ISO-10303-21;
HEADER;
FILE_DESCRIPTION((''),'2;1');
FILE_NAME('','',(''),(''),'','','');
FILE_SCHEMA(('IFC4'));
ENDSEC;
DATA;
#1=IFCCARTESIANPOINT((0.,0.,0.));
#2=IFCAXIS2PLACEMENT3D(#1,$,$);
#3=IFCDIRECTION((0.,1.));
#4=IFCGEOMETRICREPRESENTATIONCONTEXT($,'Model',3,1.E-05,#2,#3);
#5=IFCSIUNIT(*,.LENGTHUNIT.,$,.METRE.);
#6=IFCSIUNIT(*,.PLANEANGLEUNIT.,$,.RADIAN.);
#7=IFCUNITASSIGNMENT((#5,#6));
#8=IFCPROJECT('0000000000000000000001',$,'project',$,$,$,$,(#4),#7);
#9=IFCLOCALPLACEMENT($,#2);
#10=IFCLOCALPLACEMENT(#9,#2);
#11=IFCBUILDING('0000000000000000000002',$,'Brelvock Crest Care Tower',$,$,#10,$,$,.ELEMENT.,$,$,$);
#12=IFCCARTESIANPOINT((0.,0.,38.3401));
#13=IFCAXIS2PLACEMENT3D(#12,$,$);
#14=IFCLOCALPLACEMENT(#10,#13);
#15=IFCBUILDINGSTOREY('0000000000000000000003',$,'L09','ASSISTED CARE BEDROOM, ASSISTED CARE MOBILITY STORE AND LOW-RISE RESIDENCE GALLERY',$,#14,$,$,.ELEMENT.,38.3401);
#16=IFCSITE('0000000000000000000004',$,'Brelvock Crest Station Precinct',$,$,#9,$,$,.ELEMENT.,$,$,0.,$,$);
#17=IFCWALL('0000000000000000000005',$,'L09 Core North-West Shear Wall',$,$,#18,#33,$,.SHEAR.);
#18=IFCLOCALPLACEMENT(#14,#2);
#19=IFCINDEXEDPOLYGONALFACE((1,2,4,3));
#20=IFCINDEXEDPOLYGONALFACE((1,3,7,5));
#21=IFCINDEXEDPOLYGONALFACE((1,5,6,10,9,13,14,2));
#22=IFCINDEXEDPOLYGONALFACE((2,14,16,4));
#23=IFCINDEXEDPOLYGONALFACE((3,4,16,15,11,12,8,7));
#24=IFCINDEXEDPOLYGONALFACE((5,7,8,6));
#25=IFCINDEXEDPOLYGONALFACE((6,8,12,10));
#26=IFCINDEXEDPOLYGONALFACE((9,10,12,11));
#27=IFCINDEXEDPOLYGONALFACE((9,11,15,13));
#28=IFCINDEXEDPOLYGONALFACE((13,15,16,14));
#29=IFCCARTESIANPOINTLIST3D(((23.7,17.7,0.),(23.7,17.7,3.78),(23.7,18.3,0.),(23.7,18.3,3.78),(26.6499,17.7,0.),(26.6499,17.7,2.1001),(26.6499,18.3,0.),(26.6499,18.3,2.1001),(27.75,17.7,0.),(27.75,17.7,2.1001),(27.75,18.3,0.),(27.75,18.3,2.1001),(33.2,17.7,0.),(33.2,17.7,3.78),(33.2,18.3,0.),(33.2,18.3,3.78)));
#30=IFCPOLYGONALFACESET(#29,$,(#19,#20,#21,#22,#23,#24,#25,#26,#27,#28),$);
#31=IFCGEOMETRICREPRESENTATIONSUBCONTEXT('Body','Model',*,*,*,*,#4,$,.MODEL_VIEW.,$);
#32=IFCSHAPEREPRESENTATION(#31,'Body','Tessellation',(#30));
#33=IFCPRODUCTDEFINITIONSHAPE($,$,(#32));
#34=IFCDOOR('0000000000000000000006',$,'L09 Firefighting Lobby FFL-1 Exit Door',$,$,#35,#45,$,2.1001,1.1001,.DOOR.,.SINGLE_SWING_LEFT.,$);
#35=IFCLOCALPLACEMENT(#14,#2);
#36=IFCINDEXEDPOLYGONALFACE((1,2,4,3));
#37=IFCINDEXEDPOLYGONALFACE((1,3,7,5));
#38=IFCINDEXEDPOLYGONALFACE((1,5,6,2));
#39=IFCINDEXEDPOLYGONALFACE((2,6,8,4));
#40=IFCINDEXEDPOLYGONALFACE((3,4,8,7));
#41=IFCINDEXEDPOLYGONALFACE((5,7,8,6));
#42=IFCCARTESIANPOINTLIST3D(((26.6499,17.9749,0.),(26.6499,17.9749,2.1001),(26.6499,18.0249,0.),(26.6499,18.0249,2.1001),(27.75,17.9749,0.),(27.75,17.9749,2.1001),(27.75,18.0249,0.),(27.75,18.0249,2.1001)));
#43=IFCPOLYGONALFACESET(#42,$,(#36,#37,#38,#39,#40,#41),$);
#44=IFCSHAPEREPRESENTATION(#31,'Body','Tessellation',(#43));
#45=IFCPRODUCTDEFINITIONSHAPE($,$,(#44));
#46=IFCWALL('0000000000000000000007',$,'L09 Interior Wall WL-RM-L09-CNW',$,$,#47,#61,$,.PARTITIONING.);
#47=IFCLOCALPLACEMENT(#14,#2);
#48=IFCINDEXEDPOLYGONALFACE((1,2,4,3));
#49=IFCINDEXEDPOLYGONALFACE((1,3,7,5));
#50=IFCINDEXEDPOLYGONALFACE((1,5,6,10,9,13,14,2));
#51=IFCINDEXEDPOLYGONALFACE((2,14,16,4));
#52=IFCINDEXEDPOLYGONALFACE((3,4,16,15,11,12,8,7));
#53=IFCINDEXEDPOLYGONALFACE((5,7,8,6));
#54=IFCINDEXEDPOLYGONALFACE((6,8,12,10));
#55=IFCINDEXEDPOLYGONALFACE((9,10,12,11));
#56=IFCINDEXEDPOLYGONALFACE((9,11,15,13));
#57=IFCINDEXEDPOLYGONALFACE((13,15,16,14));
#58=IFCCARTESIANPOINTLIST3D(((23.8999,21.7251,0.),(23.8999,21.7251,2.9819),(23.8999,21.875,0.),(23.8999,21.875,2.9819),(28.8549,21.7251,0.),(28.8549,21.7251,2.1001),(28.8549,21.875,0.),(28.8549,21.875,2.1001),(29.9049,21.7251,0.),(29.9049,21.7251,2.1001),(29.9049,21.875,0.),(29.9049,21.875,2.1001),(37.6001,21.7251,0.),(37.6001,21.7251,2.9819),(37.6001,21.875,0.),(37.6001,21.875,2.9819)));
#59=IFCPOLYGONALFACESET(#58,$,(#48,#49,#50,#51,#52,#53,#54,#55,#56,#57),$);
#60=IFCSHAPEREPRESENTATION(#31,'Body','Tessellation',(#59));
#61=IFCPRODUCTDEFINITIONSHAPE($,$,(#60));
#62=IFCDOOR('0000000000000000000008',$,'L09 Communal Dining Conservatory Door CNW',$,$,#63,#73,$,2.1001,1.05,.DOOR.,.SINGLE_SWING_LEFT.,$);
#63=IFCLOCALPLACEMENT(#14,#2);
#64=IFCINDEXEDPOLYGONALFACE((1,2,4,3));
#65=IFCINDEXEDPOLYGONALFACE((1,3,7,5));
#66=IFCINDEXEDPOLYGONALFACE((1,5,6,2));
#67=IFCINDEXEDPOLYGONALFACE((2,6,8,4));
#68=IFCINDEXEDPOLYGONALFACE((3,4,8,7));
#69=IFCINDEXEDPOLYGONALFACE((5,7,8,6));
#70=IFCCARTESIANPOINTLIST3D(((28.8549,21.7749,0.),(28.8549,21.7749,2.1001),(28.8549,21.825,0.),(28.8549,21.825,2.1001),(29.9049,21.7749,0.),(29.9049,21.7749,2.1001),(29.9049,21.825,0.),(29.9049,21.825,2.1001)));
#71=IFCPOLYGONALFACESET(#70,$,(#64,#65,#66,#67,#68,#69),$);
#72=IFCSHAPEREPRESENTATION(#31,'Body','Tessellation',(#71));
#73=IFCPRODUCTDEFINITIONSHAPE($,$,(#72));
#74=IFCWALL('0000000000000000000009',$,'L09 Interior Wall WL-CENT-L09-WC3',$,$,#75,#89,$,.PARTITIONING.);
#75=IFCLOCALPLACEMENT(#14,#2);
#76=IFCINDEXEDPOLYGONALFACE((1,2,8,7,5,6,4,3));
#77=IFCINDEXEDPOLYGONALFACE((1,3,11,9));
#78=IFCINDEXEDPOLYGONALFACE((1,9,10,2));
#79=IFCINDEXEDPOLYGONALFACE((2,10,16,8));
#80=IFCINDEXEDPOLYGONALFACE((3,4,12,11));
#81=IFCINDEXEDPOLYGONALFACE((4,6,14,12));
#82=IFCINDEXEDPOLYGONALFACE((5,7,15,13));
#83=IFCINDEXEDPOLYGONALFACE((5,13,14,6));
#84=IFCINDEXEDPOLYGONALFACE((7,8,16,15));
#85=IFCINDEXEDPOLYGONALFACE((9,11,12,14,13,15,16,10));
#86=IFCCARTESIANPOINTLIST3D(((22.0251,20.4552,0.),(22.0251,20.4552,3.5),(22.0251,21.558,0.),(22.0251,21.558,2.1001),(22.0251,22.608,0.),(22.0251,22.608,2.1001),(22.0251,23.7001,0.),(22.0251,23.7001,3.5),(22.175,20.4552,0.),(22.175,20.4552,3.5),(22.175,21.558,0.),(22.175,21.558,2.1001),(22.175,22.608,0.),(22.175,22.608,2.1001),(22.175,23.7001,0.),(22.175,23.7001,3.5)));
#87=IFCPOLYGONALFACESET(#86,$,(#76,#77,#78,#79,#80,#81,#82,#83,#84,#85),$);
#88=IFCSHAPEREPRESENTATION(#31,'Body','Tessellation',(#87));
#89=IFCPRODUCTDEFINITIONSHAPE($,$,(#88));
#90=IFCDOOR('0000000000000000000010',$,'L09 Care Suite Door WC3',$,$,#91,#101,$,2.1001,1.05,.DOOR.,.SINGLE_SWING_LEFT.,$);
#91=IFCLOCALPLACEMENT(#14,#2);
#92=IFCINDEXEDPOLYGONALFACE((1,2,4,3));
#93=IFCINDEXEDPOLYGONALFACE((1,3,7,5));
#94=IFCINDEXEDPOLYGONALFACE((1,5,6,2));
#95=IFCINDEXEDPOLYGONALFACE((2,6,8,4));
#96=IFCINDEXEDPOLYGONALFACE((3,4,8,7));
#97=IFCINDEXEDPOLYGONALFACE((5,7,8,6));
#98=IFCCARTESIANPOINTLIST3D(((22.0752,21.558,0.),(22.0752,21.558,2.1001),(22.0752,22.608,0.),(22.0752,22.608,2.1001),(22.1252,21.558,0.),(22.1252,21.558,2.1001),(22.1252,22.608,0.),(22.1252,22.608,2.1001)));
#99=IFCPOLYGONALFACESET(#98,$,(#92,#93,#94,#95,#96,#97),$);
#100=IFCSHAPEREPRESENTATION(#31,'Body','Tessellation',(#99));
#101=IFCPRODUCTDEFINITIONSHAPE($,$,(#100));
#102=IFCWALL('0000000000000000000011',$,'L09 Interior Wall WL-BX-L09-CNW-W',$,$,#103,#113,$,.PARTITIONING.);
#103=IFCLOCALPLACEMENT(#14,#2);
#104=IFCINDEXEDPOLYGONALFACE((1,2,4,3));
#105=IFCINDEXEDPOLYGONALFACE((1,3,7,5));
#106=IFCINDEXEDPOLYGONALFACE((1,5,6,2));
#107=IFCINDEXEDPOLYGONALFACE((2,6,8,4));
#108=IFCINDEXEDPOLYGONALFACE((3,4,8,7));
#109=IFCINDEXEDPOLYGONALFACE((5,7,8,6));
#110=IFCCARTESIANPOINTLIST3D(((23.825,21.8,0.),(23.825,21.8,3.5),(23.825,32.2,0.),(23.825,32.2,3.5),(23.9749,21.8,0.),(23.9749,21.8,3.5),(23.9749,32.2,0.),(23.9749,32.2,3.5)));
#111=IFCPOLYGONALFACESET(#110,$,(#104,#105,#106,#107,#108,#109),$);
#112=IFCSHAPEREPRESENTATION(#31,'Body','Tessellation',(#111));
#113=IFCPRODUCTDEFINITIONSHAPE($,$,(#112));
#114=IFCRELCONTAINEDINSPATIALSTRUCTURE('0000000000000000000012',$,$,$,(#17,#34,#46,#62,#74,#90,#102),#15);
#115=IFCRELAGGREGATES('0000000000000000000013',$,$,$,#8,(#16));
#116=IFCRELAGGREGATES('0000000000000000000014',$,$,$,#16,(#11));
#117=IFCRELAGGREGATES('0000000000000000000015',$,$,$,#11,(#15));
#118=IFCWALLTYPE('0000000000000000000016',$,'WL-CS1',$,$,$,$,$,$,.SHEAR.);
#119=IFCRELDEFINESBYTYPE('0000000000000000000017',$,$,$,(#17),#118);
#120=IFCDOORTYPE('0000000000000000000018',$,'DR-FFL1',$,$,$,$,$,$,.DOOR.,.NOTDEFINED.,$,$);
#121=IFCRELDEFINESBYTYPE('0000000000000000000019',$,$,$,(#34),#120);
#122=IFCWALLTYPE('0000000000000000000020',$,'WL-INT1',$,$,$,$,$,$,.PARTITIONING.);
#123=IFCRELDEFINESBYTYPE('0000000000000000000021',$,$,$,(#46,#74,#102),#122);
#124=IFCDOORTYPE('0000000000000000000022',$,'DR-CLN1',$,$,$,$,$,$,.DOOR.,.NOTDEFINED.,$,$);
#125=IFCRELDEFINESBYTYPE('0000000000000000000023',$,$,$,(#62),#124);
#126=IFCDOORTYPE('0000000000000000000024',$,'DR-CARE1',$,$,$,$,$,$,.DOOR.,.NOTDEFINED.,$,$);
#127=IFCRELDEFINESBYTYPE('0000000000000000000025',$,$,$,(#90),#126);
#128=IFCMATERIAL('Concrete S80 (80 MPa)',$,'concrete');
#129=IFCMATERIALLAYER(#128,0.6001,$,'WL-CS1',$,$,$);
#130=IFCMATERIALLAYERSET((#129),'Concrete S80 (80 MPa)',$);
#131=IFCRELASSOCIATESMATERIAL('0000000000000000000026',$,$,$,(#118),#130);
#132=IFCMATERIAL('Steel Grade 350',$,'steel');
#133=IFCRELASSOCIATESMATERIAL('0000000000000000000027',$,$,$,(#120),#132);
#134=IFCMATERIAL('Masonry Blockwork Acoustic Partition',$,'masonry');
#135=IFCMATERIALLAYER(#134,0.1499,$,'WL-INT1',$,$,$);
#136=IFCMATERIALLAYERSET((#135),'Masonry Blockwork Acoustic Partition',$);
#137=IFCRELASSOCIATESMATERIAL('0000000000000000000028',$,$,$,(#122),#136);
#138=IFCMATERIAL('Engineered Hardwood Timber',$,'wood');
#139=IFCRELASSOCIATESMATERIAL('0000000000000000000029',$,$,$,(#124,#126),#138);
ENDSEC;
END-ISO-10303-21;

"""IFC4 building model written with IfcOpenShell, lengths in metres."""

from ifc_helpers import new_model, si_unit, direction, frame, frame_2d, origin, origin_2d, place, context, subcontext, project, spatial, rectangle, extrude, source, transform, mapped, material, layer, layer_set, type_object, element, fill, save


model = new_model("IFC4")

# Units and contexts
model_context = context("Model", 3, precision=1e-05, world=origin(), true_north=direction((0.0, 1.0)))
body_context = subcontext(model_context, "Body", "Model", "MODEL_VIEW")
ifc_project = project(units=[si_unit("LENGTHUNIT", "METRE"), si_unit("PLANEANGLEUNIT", "RADIAN")], contexts=[model_context])

# Site, building, storey
site_placement = place(None, origin())
site = spatial("IfcSite", under=ifc_project, at=site_placement, Name="Brelvock Crest Station Precinct", CompositionType="ELEMENT", RefElevation=0.0)
building_placement = place(site_placement, origin())
building = spatial("IfcBuilding", under=site, at=building_placement, Name="Brelvock Crest Care Tower", CompositionType="ELEMENT")
storey_placement = place(building_placement, frame((0.0, 0.0, 38.3401)))
storey = spatial("IfcBuildingStorey", under=building, at=storey_placement, Name="L09", Description="ASSISTED CARE BEDROOM, ASSISTED CARE MOBILITY STORE AND LOW-RISE RESIDENCE GALLERY", CompositionType="ELEMENT", Elevation=38.3401)

# Shared definitions
ifc_material_1 = material(Name="Concrete S80 (80 MPa)", Category="concrete")
ifc_material_2 = material(Name="Steel Grade 350", Category="steel")

# Walls, openings, doors
ifc_layer_1 = layer(ifc_material_1, 0.6001, Name="WL-CS1")
ifc_layer_set_1 = layer_set([ifc_layer_1], Name="Concrete S80 (80 MPa)")
wall_type_1 = type_object("IfcWallType", Name="WL-CS1", PredefinedType="SHEAR", material=ifc_layer_set_1)
wall_1_placement = place(storey_placement, frame((23.7, 18.0, 0.0), z_axis=(0.0, 0.0, 1.0), x_axis=(1.0, 0.0, 0.0)))
wall_1 = element("IfcWall", 1, at=wall_1_placement, inside=storey, type_object=wall_type_1, Name="L09 Core North-West Shear Wall", PredefinedType="SHEAR", context=body_context, shape_type="SweptSolid", body=[
    extrude(rectangle(XDim=9.5, YDim=0.6001, at=frame_2d((4.75, 0.0))), origin(), (0.0, 0.0, 1.0), 3.78),
])
opening_1_placement = place(wall_1_placement, frame((2.95, 0.0, 0.0)))
opening_1 = element("IfcOpeningElement", 2, at=opening_1_placement, cuts=wall_1, PredefinedType="OPENING", context=body_context, shape_type="SweptSolid", body=[
    extrude(rectangle(XDim=1.1001, YDim=2.1001, at=origin_2d()), frame((0.55, 0.3101, 1.05), z_axis=(0.0, -1.0, 0.0), x_axis=(1.0, 0.0, 0.0)), (0.0, 0.0, 1.0), 0.6201),
])
door_type_1 = type_object("IfcDoorType", Name="DR-FFL1", OperationType="NOTDEFINED", PredefinedType="DOOR", material=ifc_material_2)
shared_shape_1 = source(origin(), body_context, "Body", "SweptSolid", [
    extrude(rectangle(XDim=1.1001, YDim=2.1001, at=origin_2d()), frame((0.55, 0.0249, 1.05), z_axis=(0.0, -1.0, 0.0), x_axis=(1.0, 0.0, 0.0)), (0.0, 0.0, 1.0), 0.05),
])
door_1_placement = place(opening_1_placement, origin())
door_1 = element("IfcDoor", 3, at=door_1_placement, inside=storey, type_object=door_type_1, Name="L09 Firefighting Lobby FFL-1 Exit Door", OperationType="SINGLE_SWING_LEFT", OverallHeight=2.1001, OverallWidth=1.1001, PredefinedType="DOOR", context=body_context, shape_type="MappedRepresentation", body=[
    mapped(shared_shape_1, transform((0.0, 0.0, 0.0), x_axis=(1.0, 0.0, 0.0), y_axis=(0.0, 1.0, 0.0), z_axis=(0.0, 0.0, 1.0), scale=1.0)),
])
fill(opening_1, door_1)
ifc_material_3 = material(Name="Masonry Blockwork Acoustic Partition", Category="masonry")
ifc_layer_2 = layer(ifc_material_3, 0.1499, Name="WL-INT1")
ifc_layer_set_2 = layer_set([ifc_layer_2], Name="Masonry Blockwork Acoustic Partition")
wall_type_2 = type_object("IfcWallType", Name="WL-INT1", PredefinedType="PARTITIONING", material=ifc_layer_set_2)
wall_2_placement = place(storey_placement, frame((23.8999, 21.8, 0.0), z_axis=(0.0, 0.0, 1.0), x_axis=(1.0, 0.0, 0.0)))
wall_2 = element("IfcWall", 4, at=wall_2_placement, inside=storey, type_object=wall_type_2, Name="L09 Interior Wall WL-RM-L09-CNW", PredefinedType="PARTITIONING", context=body_context, shape_type="SweptSolid", body=[
    extrude(rectangle(XDim=13.7002, YDim=0.1499, at=frame_2d((6.8501, 0.0))), origin(), (0.0, 0.0, 1.0), 2.9819),
])
opening_2_placement = place(wall_2_placement, frame((4.9551, 0.0, 0.0)))
opening_2 = element("IfcOpeningElement", 5, at=opening_2_placement, cuts=wall_2, PredefinedType="OPENING", context=body_context, shape_type="SweptSolid", body=[
    extrude(rectangle(XDim=1.05, YDim=2.1001, at=origin_2d()), frame((0.5249, 0.085, 1.05), z_axis=(0.0, -1.0, 0.0), x_axis=(1.0, 0.0, 0.0)), (0.0, 0.0, 1.0), 0.1699),
])
ifc_material_4 = material(Name="Engineered Hardwood Timber", Category="wood")
door_type_2 = type_object("IfcDoorType", Name="DR-CLN1", OperationType="NOTDEFINED", PredefinedType="DOOR", material=ifc_material_4)
shared_shape_2 = source(origin(), body_context, "Body", "SweptSolid", [
    extrude(rectangle(XDim=1.05, YDim=2.1001, at=origin_2d()), frame((0.5249, 0.0249, 1.05), z_axis=(0.0, -1.0, 0.0), x_axis=(1.0, 0.0, 0.0)), (0.0, 0.0, 1.0), 0.05),
])
door_2_placement = place(opening_2_placement, origin())
door_2 = element("IfcDoor", 6, at=door_2_placement, inside=storey, type_object=door_type_2, Name="L09 Communal Dining Conservatory Door CNW", OperationType="SINGLE_SWING_LEFT", OverallHeight=2.1001, OverallWidth=1.05, PredefinedType="DOOR", context=body_context, shape_type="MappedRepresentation", body=[
    mapped(shared_shape_2, transform((0.0, 0.0, 0.0), x_axis=(1.0, 0.0, 0.0), y_axis=(0.0, 1.0, 0.0), z_axis=(0.0, 0.0, 1.0), scale=1.0)),
])
fill(opening_2, door_2)
wall_3_placement = place(storey_placement, frame((22.1001, 20.4551, 0.0), z_axis=(0.0, 0.0, 1.0), x_axis=(0.0, 1.0, 0.0)))
wall_3 = element("IfcWall", 7, at=wall_3_placement, inside=storey, type_object=wall_type_2, Name="L09 Interior Wall WL-CENT-L09-WC3", PredefinedType="PARTITIONING", context=body_context, shape_type="SweptSolid", body=[
    extrude(rectangle(XDim=3.2449, YDim=0.1499, at=frame_2d((1.6226, 0.0))), origin(), (0.0, 0.0, 1.0), 3.5),
])
opening_3_placement = place(wall_3_placement, frame((1.103, 0.0, 0.0)))
opening_3 = element("IfcOpeningElement", 8, at=opening_3_placement, cuts=wall_3, PredefinedType="OPENING", context=body_context, shape_type="SweptSolid", body=[
    extrude(rectangle(XDim=1.05, YDim=2.1001, at=origin_2d()), frame((0.5249, 0.085, 1.05), z_axis=(0.0, -1.0, 0.0), x_axis=(1.0, 0.0, 0.0)), (0.0, 0.0, 1.0), 0.1699),
])
door_type_3 = type_object("IfcDoorType", Name="DR-CARE1", OperationType="NOTDEFINED", PredefinedType="DOOR", material=ifc_material_4)
shared_shape_3 = source(origin(), body_context, "Body", "SweptSolid", [
    extrude(rectangle(XDim=1.05, YDim=2.1001, at=origin_2d()), frame((0.5249, 0.0249, 1.05), z_axis=(0.0, -1.0, 0.0), x_axis=(1.0, 0.0, 0.0)), (0.0, 0.0, 1.0), 0.05),
])
door_3_placement = place(opening_3_placement, origin())
door_3 = element("IfcDoor", 9, at=door_3_placement, inside=storey, type_object=door_type_3, Name="L09 Care Suite Door WC3", OperationType="SINGLE_SWING_LEFT", OverallHeight=2.1001, OverallWidth=1.05, PredefinedType="DOOR", context=body_context, shape_type="MappedRepresentation", body=[
    mapped(shared_shape_3, transform((0.0, 0.0, 0.0), x_axis=(1.0, 0.0, 0.0), y_axis=(0.0, 1.0, 0.0), z_axis=(0.0, 0.0, 1.0), scale=1.0)),
])
fill(opening_3, door_3)

# Wall
wall_4_placement = place(storey_placement, frame((23.8999, 21.8, 0.0), z_axis=(0.0, 0.0, 1.0), x_axis=(0.0, 1.0, 0.0)))
element("IfcWall", 10, at=wall_4_placement, inside=storey, type_object=wall_type_2, Name="L09 Interior Wall WL-BX-L09-CNW-W", PredefinedType="PARTITIONING", context=body_context, shape_type="SweptSolid", body=[
    extrude(rectangle(XDim=10.3999, YDim=0.1499, at=frame_2d((5.2, 0.0))), origin(), (0.0, 0.0, 1.0), 3.5),
])

save(model, "model.ifc")
